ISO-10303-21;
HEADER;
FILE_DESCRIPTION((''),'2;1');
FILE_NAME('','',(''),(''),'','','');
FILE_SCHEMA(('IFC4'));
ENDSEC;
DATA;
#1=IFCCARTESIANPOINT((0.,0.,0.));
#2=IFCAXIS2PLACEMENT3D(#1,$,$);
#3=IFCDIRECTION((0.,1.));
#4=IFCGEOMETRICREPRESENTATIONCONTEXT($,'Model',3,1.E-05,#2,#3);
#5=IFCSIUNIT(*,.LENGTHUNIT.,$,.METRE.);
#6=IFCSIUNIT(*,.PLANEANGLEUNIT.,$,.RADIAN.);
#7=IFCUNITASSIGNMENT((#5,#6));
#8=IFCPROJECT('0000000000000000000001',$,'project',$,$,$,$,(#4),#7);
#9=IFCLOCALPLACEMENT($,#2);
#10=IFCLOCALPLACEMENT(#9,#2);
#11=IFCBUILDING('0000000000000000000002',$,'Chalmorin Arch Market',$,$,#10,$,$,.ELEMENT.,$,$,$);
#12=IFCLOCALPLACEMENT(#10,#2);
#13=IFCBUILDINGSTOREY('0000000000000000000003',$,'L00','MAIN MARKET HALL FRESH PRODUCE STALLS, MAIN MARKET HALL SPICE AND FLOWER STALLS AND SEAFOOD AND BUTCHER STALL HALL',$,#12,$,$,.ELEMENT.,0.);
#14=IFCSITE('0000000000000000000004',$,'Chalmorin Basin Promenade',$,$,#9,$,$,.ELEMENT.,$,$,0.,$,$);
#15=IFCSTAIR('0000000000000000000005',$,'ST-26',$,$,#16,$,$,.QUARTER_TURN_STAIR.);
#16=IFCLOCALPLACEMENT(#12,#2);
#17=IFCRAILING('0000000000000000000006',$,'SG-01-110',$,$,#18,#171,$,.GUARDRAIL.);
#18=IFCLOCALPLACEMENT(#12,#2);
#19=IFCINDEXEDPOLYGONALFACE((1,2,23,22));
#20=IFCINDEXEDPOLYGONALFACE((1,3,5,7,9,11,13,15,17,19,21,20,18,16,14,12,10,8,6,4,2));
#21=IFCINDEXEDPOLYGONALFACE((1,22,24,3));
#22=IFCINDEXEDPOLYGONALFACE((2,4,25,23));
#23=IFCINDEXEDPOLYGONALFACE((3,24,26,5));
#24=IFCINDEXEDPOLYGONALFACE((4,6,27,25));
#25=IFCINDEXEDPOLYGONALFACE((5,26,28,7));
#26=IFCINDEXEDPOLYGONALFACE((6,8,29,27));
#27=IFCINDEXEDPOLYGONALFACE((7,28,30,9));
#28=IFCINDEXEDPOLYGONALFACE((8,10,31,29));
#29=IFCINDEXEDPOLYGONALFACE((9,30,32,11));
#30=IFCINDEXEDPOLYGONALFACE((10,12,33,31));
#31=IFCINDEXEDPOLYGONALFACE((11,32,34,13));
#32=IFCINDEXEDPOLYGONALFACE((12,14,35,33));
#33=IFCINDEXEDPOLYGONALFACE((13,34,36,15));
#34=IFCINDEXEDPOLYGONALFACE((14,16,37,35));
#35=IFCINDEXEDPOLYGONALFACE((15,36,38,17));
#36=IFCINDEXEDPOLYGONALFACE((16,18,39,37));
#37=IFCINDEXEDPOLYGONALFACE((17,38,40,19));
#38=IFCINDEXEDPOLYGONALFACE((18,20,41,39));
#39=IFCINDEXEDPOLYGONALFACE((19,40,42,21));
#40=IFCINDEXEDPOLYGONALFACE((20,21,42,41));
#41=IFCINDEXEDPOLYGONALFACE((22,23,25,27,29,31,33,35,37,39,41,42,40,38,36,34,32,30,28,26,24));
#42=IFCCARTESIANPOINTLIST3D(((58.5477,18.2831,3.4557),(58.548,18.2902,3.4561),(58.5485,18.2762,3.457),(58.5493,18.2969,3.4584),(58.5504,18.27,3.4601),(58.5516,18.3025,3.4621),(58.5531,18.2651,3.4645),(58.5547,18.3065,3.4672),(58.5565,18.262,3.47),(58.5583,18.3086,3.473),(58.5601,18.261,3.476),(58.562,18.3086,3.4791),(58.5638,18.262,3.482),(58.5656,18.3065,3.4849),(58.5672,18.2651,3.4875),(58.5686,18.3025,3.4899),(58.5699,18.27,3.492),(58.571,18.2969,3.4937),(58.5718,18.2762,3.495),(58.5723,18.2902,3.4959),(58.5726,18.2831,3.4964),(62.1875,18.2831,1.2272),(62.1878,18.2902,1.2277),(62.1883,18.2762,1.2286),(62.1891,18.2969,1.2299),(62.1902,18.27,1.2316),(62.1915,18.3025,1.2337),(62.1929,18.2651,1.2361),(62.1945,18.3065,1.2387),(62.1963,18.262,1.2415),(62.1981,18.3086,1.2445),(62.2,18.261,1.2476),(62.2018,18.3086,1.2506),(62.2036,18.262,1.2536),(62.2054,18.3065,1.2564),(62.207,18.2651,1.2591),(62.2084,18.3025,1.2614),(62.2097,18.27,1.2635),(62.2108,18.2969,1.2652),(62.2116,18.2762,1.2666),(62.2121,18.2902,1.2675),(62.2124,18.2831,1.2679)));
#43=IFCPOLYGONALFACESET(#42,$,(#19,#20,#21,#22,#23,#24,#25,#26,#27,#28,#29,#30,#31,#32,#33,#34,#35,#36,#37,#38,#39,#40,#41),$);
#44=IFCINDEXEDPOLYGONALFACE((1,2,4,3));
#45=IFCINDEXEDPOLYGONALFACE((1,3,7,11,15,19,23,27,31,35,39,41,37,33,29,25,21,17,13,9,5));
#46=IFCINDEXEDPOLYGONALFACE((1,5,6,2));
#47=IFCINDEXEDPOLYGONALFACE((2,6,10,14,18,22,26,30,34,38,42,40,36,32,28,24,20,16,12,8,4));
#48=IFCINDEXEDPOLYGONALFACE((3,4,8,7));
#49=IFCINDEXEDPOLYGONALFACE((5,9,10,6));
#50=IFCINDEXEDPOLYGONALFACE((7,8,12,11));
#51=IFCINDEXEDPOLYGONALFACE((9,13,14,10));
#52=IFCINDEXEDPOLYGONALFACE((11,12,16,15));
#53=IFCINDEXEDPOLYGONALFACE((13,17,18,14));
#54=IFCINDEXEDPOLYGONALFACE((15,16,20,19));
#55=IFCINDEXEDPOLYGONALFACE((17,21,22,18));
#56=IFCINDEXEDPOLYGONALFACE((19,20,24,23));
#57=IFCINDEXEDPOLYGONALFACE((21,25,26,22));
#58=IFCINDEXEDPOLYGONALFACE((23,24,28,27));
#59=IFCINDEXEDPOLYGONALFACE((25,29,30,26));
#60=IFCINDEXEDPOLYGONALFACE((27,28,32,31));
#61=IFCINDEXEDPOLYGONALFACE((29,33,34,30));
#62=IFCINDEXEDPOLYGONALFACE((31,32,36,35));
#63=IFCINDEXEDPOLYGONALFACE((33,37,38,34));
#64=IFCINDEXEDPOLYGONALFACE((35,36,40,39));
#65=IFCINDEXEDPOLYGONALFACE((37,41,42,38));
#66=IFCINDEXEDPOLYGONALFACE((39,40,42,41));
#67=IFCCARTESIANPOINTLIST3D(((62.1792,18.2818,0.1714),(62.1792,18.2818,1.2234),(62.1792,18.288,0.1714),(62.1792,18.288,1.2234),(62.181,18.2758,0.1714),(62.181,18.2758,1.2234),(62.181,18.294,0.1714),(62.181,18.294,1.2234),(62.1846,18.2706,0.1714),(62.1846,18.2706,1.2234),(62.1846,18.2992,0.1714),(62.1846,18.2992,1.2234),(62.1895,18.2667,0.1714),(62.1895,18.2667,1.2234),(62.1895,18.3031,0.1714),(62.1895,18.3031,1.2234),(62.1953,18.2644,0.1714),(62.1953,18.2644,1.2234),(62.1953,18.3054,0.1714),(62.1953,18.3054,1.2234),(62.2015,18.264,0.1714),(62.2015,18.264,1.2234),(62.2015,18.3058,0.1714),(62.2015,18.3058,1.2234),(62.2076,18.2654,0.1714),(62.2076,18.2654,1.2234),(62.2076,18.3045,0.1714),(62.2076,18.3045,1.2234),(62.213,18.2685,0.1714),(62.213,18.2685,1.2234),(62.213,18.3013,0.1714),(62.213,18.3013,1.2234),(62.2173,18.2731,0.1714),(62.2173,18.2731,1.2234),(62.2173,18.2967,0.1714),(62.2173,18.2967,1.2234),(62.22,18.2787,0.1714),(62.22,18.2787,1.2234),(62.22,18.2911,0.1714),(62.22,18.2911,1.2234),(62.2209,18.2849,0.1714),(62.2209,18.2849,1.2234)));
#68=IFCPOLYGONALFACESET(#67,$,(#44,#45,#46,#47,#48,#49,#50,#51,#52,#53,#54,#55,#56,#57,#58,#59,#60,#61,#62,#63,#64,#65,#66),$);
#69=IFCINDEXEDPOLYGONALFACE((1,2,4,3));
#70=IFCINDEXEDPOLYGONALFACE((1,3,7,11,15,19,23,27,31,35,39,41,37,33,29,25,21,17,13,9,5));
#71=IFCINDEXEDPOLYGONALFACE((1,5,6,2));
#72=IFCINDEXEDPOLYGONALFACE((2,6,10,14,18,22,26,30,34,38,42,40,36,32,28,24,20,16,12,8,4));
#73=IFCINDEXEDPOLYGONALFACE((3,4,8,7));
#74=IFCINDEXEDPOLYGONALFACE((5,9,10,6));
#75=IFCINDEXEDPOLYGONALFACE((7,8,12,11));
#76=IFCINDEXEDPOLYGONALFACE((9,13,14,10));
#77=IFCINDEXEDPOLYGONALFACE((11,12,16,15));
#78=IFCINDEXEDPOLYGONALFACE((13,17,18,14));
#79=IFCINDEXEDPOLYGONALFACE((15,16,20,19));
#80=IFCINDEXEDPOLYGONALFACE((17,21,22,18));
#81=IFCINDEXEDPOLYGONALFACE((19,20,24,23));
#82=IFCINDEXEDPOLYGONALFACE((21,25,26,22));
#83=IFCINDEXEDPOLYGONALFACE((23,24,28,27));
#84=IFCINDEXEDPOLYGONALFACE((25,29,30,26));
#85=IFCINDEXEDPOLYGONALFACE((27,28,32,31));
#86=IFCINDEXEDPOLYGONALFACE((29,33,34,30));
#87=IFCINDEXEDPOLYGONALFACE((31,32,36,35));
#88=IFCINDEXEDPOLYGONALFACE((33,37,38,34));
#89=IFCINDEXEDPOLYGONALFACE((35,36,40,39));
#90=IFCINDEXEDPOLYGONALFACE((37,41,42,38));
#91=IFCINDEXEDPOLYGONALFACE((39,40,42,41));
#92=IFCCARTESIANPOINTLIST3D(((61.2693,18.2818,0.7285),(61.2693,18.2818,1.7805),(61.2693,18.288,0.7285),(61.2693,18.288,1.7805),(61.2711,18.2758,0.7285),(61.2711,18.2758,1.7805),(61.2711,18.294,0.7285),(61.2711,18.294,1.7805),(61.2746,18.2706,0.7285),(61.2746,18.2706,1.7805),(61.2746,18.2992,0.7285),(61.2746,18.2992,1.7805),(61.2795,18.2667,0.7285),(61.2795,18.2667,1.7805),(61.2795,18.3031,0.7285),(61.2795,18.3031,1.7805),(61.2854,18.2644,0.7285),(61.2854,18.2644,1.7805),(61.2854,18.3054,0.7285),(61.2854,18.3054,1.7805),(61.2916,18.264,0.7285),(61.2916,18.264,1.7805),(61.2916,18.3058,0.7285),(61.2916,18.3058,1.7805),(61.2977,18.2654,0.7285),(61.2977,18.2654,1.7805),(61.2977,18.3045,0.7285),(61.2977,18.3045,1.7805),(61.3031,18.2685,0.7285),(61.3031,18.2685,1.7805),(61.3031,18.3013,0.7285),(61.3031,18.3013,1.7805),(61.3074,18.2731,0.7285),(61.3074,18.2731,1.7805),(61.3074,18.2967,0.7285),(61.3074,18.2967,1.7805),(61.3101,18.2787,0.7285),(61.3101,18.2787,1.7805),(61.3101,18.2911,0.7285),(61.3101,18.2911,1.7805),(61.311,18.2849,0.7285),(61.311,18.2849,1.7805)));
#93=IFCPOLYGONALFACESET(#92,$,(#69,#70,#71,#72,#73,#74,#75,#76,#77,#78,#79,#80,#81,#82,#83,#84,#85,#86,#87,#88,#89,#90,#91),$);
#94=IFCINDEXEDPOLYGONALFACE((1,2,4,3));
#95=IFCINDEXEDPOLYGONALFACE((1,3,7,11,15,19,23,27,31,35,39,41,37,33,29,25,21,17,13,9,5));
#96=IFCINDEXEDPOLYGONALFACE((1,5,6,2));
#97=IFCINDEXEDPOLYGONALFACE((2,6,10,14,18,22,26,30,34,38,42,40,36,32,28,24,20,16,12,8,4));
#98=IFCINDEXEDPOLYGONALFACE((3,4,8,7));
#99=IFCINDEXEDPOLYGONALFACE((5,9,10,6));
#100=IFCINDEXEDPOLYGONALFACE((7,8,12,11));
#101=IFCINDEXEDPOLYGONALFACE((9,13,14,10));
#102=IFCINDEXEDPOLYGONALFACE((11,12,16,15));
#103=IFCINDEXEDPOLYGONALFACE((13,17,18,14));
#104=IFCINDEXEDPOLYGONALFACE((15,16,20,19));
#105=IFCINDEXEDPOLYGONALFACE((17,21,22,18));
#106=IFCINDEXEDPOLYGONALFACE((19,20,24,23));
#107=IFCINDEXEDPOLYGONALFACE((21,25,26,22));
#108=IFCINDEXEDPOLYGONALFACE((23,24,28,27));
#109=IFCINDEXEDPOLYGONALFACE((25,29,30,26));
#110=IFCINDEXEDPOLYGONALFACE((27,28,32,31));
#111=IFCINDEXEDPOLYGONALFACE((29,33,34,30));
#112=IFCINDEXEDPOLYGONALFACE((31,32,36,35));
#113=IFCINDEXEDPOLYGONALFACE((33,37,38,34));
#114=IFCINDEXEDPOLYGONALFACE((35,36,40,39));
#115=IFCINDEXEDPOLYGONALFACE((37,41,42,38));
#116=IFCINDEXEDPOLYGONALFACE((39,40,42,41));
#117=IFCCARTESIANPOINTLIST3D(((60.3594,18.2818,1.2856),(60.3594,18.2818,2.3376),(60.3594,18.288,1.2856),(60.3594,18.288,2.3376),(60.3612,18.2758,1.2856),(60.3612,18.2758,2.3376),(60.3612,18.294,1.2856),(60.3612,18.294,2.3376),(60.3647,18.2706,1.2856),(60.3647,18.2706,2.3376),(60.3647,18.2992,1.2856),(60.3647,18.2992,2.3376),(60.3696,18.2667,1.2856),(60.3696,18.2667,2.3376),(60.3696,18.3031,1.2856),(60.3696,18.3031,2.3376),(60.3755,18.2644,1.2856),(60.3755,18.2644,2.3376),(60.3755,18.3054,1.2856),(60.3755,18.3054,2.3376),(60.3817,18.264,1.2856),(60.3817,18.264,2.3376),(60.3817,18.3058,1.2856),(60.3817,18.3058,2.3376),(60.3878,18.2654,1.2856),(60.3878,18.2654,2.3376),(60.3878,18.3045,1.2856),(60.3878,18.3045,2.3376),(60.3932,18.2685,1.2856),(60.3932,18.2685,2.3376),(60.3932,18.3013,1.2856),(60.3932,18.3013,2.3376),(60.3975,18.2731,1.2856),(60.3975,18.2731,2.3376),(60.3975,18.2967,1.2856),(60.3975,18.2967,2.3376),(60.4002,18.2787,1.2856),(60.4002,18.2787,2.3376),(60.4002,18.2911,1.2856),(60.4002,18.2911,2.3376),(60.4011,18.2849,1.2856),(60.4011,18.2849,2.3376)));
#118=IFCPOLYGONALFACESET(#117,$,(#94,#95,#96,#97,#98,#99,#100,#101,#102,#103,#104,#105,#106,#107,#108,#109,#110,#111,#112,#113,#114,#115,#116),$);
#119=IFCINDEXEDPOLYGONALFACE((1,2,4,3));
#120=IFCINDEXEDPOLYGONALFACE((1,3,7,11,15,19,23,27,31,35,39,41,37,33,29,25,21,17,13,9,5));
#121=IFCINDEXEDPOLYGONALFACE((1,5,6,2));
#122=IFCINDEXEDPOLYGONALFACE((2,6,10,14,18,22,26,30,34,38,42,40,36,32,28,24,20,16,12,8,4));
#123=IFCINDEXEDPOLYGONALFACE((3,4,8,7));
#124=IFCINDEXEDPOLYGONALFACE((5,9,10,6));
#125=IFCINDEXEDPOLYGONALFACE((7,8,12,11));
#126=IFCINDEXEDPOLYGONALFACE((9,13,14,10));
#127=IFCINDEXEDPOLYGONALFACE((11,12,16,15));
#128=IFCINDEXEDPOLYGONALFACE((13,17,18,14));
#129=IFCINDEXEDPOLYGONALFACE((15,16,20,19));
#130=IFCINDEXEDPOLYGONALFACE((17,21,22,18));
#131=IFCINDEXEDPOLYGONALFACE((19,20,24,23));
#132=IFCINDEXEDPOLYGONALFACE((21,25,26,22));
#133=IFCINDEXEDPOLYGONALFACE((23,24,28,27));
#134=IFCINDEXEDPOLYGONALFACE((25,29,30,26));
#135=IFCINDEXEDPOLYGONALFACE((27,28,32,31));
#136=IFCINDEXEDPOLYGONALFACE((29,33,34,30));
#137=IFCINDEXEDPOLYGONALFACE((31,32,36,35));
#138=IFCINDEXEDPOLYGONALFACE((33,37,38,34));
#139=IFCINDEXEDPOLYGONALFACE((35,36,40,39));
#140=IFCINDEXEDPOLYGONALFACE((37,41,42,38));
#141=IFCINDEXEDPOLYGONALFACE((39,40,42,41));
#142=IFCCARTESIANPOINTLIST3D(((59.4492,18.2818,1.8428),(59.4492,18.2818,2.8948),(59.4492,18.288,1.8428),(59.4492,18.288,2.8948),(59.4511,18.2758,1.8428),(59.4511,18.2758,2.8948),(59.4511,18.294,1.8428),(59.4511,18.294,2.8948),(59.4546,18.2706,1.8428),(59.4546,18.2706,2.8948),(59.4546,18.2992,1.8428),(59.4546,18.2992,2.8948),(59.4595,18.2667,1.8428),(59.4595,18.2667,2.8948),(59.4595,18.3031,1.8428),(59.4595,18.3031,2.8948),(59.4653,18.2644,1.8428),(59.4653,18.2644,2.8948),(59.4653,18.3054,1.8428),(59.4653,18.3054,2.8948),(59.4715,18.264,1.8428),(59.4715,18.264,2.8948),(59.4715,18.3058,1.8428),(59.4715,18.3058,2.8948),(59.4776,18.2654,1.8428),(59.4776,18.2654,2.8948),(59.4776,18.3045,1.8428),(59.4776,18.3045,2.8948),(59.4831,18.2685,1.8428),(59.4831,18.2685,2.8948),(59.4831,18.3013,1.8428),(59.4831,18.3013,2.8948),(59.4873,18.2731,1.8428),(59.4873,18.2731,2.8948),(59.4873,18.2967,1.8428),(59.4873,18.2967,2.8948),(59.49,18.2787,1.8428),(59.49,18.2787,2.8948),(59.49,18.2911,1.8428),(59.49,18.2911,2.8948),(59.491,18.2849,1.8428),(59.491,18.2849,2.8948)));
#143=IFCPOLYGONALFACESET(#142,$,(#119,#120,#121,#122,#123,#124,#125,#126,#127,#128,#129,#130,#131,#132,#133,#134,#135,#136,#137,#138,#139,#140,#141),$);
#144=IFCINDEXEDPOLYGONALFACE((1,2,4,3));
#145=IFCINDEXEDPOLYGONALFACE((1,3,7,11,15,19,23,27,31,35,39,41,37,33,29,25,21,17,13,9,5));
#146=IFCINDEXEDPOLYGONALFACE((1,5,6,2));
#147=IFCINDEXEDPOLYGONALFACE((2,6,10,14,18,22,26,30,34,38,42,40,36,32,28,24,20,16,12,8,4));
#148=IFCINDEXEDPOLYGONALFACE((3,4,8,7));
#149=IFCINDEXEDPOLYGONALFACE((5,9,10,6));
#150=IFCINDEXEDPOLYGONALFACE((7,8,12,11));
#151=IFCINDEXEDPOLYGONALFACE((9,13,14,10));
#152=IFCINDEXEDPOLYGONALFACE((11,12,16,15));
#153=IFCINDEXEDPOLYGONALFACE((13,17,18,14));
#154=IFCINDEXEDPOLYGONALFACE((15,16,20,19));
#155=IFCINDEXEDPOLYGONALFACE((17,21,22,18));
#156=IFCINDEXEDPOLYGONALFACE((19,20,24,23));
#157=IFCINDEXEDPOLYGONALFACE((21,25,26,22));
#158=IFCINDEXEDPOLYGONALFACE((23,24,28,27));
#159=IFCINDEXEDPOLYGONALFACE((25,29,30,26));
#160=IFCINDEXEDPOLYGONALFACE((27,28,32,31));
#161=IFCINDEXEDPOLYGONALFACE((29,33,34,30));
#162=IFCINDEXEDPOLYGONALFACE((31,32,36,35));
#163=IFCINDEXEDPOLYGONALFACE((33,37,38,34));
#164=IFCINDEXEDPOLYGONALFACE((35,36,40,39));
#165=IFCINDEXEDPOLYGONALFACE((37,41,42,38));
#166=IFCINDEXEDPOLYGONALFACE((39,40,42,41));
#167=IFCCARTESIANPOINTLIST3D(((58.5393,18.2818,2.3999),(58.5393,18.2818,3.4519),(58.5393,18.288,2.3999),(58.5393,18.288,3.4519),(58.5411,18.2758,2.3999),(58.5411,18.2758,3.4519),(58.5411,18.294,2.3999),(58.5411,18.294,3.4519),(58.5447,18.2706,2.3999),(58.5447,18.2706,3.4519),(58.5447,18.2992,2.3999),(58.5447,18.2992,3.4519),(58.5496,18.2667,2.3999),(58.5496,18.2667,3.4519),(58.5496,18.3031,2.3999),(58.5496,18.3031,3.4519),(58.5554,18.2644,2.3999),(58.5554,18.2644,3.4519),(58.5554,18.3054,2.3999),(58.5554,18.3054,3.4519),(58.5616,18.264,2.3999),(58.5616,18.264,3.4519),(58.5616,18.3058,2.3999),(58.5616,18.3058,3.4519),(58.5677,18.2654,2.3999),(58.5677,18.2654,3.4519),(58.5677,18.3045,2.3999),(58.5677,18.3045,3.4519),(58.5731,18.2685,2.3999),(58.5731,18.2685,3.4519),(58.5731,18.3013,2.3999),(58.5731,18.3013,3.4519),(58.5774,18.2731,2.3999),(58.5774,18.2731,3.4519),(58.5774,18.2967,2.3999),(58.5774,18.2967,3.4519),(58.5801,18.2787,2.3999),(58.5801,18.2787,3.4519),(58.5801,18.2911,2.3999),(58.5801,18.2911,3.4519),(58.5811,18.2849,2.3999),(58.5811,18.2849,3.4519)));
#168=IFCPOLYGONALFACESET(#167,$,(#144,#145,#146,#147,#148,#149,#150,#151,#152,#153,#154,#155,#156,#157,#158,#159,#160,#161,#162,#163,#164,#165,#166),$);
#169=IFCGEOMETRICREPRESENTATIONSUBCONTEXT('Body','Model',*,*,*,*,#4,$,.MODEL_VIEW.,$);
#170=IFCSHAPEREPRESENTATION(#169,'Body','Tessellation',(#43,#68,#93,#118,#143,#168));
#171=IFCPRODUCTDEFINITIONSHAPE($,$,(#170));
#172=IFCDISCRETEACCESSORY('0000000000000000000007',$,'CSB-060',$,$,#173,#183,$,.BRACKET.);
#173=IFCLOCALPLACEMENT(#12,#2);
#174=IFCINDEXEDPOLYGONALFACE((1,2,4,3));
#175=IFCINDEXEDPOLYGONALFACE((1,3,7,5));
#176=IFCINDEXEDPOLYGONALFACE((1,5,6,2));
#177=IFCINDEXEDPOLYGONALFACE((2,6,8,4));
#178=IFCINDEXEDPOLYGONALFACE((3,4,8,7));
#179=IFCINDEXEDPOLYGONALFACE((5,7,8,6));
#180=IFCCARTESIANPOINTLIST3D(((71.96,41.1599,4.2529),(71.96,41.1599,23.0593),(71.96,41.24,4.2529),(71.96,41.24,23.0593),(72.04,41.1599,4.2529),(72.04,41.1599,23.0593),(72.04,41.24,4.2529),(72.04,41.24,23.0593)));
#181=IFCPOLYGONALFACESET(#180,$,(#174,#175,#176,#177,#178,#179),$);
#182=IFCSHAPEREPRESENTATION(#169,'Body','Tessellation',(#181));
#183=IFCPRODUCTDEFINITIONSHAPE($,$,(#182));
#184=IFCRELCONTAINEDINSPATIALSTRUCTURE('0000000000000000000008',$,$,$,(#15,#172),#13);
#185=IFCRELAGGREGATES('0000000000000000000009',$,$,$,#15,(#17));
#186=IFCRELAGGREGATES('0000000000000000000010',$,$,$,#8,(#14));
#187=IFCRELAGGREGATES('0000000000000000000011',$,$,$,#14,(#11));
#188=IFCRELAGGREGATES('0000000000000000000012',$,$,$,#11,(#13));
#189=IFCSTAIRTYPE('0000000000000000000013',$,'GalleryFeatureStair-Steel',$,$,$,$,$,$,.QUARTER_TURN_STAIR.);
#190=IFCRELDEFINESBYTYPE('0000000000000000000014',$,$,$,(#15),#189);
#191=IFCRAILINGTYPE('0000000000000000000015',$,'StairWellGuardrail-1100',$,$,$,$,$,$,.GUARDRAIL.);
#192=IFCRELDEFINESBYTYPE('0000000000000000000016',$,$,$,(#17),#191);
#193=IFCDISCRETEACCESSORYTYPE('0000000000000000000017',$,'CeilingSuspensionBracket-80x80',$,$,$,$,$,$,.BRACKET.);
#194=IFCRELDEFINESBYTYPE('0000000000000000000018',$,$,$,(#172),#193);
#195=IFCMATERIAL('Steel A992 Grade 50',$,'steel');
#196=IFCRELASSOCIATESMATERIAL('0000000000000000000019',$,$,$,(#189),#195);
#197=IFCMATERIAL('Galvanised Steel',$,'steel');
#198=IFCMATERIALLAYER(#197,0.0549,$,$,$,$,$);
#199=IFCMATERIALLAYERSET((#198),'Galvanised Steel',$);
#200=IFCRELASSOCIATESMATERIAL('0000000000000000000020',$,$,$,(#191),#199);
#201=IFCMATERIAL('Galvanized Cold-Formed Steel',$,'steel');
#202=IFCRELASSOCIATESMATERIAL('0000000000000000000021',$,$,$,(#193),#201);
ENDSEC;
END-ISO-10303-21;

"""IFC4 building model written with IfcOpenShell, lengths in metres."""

from ifc_helpers import new_model, si_unit, direction, frame, origin, origin_2d, place, context, subcontext, project, spatial, rectangle, circle, extrude, material, layer, layer_set, type_object, element, aggregate, save


model = new_model("IFC4")

# Units and contexts
model_context = context("Model", 3, precision=1e-05, world=origin(), true_north=direction((0.0, 1.0)))
body_context = subcontext(model_context, "Body", "Model", "MODEL_VIEW")
ifc_project = project(units=[si_unit("LENGTHUNIT", "METRE"), si_unit("PLANEANGLEUNIT", "RADIAN")], contexts=[model_context])

# Site, building, storey
site_placement = place(None, origin())
site = spatial("IfcSite", under=ifc_project, at=site_placement, Name="Chalmorin Basin Promenade", CompositionType="ELEMENT", RefElevation=0.0)
building_placement = place(site_placement, origin())
building = spatial("IfcBuilding", under=site, at=building_placement, Name="Chalmorin Arch Market", CompositionType="ELEMENT")
storey_placement = place(building_placement, origin())
storey = spatial("IfcBuildingStorey", under=building, at=storey_placement, Name="L00", Description="MAIN MARKET HALL FRESH PRODUCE STALLS, MAIN MARKET HALL SPICE AND FLOWER STALLS AND SEAFOOD AND BUTCHER STALL HALL", CompositionType="ELEMENT", Elevation=0.0)

# Shared definitions
ifc_material_1 = material(Name="Steel A992 Grade 50", Category="steel")

# Shared definitions
ifc_material_2 = material(Name="Galvanised Steel", Category="steel")

# Stair, railing
stair_type = type_object("IfcStairType", Name="GalleryFeatureStair-Steel", PredefinedType="QUARTER_TURN_STAIR", material=ifc_material_1)
stair_placement = place(storey_placement, origin())
stair = element("IfcStair", 1, at=stair_placement, inside=storey, type_object=stair_type, Name="ST-26", PredefinedType="QUARTER_TURN_STAIR")
ifc_layer_1 = layer(ifc_material_2, 0.0549)
ifc_layer_set_1 = layer_set([ifc_layer_1], Name="Galvanised Steel")
railing_type = type_object("IfcRailingType", Name="StairWellGuardrail-1100", PredefinedType="GUARDRAIL", material=ifc_layer_set_1)
railing_placement = place(storey_placement, frame((62.2, 18.2849, 0.1714)))
railing = element("IfcRailing", 2, at=railing_placement, type_object=railing_type, Name="SG-01-110", PredefinedType="GUARDRAIL", context=body_context, shape_type="SweptSolid", body=[
    extrude(circle(Radius=0.0239, at=origin_2d()), frame((0.0, 0.0, 1.0762), z_axis=(-0.85285, 0.0, 0.522156), x_axis=(0.0, -1.0, 0.0)), (0.0, 0.0, 1.0), 4.2678),
    extrude(circle(Radius=0.021, at=origin_2d()), origin(), (0.0, 0.0, 1.0), 1.052),
    extrude(circle(Radius=0.021, at=origin_2d()), frame((-0.9099, 0.0, 0.5571)), (0.0, 0.0, 1.0), 1.052),
    extrude(circle(Radius=0.021, at=origin_2d()), frame((-1.8198, 0.0, 1.1143)), (0.0, 0.0, 1.0), 1.052),
    extrude(circle(Radius=0.021, at=origin_2d()), frame((-2.73, 0.0, 1.6714)), (0.0, 0.0, 1.0), 1.052),
    extrude(circle(Radius=0.021, at=origin_2d()), frame((-3.6399, 0.0, 2.2285)), (0.0, 0.0, 1.0), 1.052),
])
aggregate(stair, [railing])

# Discrete accessory
ifc_material_3 = material(Name="Galvanized Cold-Formed Steel", Category="steel")
discrete_accessory_type = type_object("IfcDiscreteAccessoryType", Name="CeilingSuspensionBracket-80x80", PredefinedType="BRACKET", material=ifc_material_3)
discrete_accessory_placement = place(storey_placement, frame((72.0, 41.2, 4.2529), z_axis=(0.0, 0.0, 1.0), x_axis=(1.0, 0.0, 0.0)))
element("IfcDiscreteAccessory", 3, at=discrete_accessory_placement, inside=storey, type_object=discrete_accessory_type, Name="CSB-060", PredefinedType="BRACKET", context=body_context, shape_type="SweptSolid", body=[
    extrude(rectangle(XDim=0.0801, YDim=0.0801, at=origin_2d()), origin(), (0.0, 0.0, 1.0), 18.8064),
])

save(model, "model.ifc")
